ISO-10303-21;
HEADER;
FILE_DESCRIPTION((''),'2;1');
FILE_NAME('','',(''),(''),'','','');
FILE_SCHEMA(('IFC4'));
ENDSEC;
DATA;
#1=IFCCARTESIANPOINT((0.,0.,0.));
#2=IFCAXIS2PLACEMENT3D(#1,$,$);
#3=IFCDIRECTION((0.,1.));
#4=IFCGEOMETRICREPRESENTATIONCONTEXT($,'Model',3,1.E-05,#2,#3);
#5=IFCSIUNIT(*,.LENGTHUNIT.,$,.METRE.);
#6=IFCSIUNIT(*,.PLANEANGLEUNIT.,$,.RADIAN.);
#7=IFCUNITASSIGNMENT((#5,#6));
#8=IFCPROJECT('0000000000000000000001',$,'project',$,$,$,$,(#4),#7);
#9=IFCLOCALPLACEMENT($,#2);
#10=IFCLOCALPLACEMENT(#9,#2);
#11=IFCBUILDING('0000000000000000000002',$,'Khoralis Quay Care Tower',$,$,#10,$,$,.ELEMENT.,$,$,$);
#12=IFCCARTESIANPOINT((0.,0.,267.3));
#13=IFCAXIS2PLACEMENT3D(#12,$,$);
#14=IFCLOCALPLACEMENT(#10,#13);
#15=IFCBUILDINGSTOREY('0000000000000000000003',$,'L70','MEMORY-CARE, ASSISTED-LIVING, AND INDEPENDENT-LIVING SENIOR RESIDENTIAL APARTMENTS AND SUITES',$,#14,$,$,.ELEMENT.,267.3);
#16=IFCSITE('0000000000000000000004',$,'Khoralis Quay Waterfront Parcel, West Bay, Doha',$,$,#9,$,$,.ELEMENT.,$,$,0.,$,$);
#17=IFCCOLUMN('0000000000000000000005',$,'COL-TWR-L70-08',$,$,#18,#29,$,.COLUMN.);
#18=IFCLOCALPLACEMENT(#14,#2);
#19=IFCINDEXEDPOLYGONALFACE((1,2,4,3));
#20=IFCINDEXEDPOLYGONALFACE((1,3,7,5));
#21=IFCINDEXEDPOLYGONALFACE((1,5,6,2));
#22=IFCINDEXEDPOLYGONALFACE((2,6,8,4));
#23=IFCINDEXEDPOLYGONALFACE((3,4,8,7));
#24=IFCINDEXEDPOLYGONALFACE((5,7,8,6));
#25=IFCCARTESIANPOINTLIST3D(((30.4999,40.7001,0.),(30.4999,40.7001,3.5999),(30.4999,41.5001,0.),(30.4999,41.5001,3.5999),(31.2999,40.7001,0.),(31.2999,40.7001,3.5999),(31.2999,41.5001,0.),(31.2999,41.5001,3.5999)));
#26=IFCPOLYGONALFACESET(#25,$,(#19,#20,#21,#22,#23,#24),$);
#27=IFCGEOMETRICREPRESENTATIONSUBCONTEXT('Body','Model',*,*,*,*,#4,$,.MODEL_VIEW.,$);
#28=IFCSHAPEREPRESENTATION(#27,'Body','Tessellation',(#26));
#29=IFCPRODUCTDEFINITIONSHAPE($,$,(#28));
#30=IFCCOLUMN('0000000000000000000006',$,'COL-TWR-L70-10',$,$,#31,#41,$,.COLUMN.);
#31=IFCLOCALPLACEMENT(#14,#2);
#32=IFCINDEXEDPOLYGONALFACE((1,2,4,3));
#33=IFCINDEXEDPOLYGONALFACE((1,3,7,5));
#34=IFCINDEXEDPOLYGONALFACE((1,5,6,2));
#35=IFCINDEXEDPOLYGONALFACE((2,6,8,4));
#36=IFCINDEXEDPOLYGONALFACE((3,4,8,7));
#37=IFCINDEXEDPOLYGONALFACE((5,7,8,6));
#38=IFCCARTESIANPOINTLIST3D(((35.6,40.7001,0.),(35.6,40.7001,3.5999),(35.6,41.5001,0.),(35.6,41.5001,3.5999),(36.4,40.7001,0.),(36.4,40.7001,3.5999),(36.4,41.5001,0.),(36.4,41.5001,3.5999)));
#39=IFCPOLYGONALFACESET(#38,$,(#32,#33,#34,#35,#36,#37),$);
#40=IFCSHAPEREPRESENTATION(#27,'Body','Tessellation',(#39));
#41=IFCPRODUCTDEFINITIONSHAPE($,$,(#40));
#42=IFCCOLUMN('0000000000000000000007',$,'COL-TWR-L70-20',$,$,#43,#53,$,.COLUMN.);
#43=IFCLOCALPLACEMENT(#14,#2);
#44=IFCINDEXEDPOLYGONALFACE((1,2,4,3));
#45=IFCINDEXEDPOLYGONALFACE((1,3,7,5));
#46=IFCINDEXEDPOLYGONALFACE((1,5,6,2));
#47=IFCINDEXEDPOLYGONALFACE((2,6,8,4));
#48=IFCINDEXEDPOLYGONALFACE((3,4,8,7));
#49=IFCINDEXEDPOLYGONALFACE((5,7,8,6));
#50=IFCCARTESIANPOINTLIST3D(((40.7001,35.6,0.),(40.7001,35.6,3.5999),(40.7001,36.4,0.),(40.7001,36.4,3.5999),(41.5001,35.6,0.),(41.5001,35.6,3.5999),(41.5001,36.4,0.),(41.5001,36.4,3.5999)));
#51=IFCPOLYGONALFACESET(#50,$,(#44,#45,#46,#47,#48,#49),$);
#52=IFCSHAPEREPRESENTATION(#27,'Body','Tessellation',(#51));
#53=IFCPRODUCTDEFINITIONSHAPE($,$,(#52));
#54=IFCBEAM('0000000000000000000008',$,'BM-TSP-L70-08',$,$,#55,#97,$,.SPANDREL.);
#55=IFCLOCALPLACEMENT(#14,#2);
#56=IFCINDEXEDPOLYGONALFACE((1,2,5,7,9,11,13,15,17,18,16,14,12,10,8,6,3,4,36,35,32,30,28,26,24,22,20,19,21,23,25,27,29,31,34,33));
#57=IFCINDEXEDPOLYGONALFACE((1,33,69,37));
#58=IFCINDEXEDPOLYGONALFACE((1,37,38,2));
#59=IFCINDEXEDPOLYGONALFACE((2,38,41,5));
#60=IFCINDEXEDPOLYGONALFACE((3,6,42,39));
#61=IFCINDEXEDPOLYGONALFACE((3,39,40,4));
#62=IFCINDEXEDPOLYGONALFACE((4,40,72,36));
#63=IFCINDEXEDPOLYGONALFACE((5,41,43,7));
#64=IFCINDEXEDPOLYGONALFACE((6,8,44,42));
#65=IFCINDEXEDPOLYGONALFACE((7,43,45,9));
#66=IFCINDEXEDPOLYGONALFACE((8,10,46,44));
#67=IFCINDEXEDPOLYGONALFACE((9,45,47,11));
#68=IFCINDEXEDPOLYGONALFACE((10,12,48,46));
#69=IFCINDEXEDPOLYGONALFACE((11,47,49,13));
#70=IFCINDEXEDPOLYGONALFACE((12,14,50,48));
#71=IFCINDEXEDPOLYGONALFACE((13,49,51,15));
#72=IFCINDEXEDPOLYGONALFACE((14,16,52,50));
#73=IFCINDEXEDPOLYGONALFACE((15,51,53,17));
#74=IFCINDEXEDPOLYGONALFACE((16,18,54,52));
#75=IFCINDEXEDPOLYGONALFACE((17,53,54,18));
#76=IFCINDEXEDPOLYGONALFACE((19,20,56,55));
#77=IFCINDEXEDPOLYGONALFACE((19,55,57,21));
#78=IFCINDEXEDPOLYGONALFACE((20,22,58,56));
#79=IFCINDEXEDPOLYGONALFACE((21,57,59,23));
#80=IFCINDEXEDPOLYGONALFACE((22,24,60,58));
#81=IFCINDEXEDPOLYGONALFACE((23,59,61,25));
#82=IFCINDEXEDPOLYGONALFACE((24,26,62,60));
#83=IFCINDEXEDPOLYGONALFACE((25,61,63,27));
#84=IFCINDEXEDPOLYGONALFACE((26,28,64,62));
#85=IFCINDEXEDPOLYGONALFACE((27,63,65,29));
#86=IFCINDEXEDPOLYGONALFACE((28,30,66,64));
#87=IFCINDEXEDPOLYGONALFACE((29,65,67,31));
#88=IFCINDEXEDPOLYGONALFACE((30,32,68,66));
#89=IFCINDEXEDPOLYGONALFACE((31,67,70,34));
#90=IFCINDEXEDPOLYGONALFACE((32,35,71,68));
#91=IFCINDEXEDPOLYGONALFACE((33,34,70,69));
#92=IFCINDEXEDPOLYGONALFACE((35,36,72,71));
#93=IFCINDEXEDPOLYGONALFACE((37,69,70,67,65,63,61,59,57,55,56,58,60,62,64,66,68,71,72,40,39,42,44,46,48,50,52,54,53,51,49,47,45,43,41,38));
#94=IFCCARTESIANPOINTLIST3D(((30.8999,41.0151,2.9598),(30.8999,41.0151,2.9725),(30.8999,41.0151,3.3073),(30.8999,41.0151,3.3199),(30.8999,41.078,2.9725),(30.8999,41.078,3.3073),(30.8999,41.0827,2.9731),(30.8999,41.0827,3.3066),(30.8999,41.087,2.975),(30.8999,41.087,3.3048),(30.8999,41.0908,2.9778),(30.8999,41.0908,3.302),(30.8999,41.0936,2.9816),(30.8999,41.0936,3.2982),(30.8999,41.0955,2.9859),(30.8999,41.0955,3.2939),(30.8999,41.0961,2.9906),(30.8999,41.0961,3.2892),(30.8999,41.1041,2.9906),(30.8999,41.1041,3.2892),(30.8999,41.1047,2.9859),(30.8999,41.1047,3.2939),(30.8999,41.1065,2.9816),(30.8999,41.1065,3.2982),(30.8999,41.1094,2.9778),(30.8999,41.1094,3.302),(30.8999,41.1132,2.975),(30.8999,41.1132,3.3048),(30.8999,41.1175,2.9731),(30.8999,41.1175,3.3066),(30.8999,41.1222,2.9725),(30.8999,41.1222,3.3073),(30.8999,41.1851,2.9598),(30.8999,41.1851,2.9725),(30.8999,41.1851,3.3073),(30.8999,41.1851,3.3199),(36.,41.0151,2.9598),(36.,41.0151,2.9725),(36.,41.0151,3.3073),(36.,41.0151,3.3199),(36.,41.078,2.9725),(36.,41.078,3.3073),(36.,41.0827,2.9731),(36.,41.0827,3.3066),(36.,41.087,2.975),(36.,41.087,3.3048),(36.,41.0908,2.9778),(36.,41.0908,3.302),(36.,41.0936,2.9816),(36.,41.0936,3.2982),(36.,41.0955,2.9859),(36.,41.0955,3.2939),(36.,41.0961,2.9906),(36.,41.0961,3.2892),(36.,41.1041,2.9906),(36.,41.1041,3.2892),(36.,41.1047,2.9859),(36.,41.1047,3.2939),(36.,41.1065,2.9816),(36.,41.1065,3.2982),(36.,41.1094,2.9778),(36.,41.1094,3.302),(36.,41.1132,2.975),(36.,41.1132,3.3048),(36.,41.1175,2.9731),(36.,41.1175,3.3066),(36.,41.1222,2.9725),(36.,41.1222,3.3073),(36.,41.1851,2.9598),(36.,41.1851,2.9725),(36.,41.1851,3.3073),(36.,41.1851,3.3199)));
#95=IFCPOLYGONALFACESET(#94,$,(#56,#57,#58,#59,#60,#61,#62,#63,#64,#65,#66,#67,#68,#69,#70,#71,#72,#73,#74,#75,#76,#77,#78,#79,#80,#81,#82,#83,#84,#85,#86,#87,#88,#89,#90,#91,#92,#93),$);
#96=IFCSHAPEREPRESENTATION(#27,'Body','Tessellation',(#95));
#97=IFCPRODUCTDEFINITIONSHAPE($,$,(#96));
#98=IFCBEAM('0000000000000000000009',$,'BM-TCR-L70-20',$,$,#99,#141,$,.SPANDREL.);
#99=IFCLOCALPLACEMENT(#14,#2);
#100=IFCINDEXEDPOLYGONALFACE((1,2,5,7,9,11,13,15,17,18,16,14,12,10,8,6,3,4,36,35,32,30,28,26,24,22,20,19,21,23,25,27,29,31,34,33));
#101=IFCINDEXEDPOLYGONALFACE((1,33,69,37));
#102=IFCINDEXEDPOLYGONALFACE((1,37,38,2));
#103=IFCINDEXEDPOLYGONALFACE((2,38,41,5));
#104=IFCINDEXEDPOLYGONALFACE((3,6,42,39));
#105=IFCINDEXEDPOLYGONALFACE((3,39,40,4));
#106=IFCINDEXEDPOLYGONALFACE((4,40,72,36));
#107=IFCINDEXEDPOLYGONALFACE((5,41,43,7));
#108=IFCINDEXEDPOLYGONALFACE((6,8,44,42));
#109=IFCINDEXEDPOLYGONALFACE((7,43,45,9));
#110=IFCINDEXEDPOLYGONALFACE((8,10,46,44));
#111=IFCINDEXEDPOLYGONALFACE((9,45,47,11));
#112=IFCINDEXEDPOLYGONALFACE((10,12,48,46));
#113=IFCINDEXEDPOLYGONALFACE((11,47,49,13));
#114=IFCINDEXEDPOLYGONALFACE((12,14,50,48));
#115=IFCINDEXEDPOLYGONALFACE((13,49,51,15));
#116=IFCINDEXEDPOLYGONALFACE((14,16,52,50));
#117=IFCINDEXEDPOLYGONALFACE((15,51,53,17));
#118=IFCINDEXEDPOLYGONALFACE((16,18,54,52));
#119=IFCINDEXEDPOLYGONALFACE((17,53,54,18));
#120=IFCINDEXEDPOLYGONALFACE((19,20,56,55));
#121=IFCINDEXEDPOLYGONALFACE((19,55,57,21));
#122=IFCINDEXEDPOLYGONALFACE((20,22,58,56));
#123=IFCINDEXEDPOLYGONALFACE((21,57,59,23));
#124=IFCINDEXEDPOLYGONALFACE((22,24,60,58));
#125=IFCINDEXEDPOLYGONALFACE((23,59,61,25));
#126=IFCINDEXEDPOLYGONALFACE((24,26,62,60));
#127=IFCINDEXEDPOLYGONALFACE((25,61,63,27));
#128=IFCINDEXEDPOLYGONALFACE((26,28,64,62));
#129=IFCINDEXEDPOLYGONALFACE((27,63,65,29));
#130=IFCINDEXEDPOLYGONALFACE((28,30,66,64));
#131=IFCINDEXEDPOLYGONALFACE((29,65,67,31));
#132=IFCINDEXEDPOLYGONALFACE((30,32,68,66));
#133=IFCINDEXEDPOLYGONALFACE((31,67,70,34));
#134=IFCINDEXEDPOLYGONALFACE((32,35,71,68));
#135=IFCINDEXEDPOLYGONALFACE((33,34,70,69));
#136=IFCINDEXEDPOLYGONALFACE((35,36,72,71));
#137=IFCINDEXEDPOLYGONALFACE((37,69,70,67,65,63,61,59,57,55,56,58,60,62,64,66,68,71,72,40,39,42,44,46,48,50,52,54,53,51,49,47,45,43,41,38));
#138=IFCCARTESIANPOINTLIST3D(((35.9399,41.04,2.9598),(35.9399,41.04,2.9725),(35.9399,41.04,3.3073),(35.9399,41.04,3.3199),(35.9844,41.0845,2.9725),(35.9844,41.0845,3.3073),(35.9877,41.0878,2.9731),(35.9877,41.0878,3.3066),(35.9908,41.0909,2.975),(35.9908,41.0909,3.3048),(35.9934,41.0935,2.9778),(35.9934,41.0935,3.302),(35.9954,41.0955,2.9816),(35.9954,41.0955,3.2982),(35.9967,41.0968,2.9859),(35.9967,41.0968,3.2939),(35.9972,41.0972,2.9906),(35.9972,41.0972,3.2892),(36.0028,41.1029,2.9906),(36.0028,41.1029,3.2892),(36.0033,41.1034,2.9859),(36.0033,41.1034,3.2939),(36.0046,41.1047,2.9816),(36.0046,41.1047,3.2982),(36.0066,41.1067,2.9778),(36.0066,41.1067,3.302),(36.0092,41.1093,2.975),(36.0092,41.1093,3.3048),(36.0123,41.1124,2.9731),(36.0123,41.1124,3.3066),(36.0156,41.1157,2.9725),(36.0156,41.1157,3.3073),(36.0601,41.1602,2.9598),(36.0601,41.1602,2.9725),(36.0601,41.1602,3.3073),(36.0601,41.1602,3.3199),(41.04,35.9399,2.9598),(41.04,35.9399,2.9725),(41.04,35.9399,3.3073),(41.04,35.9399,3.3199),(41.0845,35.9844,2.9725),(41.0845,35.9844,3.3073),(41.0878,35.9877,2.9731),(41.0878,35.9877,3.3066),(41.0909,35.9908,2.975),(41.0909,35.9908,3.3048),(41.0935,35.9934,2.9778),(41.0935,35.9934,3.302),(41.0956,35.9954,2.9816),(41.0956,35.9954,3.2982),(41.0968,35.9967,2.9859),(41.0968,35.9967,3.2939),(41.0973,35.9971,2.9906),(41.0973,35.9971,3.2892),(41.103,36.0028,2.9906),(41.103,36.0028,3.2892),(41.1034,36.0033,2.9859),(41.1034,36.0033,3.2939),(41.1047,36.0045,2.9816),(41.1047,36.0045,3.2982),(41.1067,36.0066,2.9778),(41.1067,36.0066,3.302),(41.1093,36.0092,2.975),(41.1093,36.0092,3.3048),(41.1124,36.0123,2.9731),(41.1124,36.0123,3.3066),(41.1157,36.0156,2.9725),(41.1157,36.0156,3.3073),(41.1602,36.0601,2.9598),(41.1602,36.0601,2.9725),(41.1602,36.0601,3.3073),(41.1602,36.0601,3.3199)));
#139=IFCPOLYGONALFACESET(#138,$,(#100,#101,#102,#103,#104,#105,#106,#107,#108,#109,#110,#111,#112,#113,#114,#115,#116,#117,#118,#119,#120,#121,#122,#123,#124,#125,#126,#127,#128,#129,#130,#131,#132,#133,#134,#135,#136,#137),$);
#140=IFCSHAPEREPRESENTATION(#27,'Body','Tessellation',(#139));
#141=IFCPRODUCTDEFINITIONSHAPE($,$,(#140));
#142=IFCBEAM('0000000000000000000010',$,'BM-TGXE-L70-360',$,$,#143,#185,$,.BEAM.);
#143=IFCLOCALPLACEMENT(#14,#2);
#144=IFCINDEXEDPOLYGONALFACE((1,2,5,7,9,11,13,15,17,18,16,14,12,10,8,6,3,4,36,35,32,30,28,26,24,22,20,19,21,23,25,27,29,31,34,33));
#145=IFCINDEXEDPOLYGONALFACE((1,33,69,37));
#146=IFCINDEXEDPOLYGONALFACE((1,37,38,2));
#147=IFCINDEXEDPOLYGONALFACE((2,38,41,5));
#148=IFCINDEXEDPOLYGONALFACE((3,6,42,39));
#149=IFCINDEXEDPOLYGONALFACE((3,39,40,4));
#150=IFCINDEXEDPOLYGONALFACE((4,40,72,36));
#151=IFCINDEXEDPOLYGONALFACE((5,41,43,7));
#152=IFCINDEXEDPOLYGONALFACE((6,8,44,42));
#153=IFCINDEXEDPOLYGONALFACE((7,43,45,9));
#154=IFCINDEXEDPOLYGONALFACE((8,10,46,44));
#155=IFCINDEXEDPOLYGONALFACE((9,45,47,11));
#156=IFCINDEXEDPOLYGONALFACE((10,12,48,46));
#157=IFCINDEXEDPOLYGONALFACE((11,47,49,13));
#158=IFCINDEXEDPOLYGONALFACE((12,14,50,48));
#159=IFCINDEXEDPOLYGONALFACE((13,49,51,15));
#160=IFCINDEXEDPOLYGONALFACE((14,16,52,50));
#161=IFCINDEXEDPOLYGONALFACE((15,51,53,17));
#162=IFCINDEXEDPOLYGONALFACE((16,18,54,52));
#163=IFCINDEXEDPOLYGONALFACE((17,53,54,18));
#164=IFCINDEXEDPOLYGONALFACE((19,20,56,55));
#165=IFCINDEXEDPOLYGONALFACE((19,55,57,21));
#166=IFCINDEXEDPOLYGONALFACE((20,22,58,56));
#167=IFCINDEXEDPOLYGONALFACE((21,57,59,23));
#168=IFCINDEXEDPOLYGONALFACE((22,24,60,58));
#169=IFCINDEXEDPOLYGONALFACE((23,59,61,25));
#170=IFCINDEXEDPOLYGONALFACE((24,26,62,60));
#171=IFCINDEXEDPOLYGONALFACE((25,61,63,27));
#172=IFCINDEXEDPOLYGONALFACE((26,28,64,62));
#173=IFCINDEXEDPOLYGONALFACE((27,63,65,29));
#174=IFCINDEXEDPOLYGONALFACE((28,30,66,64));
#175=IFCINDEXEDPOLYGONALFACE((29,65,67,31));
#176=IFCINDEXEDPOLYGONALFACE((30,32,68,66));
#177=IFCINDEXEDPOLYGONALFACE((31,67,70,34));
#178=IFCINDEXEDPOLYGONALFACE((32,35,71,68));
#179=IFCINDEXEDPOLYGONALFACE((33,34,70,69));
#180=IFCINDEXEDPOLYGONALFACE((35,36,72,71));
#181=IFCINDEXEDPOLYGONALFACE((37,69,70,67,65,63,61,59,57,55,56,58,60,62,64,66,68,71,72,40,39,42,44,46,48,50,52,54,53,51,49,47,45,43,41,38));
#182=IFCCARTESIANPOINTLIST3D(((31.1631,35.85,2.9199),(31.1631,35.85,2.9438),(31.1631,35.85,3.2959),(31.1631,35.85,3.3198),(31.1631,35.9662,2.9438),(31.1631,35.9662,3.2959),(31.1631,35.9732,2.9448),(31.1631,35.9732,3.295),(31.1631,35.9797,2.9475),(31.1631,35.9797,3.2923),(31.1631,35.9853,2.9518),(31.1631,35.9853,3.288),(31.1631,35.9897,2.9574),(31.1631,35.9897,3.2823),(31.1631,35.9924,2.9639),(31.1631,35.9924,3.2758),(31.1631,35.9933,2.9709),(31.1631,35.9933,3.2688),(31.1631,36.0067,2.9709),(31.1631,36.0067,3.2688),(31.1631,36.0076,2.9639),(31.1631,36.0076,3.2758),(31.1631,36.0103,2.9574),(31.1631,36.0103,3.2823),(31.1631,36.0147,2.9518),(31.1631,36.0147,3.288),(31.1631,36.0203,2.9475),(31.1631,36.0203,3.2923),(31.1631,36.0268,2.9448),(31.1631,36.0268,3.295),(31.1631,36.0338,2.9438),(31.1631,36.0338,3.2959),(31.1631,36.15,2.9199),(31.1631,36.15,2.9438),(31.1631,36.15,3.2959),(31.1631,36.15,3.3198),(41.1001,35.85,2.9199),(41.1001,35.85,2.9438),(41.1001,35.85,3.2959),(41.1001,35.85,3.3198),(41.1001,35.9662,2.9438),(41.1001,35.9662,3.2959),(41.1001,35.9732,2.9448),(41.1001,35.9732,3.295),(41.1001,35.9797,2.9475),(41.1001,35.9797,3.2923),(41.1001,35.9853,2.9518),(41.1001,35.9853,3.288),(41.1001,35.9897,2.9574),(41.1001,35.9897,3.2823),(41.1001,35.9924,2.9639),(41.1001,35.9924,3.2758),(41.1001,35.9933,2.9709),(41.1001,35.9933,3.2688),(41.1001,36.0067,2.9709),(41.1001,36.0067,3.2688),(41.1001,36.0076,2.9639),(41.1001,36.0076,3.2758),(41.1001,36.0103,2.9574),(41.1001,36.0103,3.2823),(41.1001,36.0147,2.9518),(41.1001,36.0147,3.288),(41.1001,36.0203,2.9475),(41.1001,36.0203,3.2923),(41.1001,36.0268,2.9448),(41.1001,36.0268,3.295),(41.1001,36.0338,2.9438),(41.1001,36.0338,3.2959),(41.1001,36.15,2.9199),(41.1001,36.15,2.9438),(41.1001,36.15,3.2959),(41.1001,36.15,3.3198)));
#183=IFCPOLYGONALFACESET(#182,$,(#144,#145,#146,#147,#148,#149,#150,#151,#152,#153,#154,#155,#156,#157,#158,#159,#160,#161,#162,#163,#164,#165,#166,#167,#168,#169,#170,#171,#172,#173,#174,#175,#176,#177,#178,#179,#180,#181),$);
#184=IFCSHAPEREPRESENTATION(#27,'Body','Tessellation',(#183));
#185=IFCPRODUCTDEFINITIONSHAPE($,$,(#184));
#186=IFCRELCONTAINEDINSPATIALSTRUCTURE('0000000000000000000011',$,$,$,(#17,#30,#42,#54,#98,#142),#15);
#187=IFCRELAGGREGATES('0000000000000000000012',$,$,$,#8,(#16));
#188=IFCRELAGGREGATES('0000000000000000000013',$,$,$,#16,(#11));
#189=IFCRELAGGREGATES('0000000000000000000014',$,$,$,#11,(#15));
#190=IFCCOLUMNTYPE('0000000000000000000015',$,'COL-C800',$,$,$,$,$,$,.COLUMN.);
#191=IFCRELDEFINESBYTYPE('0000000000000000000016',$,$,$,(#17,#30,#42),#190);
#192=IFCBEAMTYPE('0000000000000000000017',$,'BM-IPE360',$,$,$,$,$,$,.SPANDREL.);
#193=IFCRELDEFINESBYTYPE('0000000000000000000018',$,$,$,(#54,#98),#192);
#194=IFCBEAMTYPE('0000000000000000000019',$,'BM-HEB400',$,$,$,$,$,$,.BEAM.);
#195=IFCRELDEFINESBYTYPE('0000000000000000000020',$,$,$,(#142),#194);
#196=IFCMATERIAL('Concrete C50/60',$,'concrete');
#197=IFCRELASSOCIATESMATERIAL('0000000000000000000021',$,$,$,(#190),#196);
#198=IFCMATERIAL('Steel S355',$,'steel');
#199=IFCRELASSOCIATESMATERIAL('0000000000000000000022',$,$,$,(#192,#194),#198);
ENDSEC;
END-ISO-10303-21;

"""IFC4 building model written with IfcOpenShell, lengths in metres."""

from ifc_helpers import new_model, si_unit, direction, frame, origin, origin_2d, place, context, subcontext, project, spatial, rectangle, i_section, extrude, source, transform, mapped, material, material_profile, profile_set, type_object, element, save


model = new_model("IFC4")

# Units and contexts
model_context = context("Model", 3, precision=1e-05, world=origin(), true_north=direction((0.0, 1.0)))
body_context = subcontext(model_context, "Body", "Model", "MODEL_VIEW")
ifc_project = project(units=[si_unit("LENGTHUNIT", "METRE"), si_unit("PLANEANGLEUNIT", "RADIAN")], contexts=[model_context])

# Site, building, storey
site_placement = place(None, origin())
site = spatial("IfcSite", under=ifc_project, at=site_placement, Name="Khoralis Quay Waterfront Parcel, West Bay, Doha", CompositionType="ELEMENT", RefElevation=0.0)
building_placement = place(site_placement, origin())
building = spatial("IfcBuilding", under=site, at=building_placement, Name="Khoralis Quay Care Tower", CompositionType="ELEMENT")
storey_placement = place(building_placement, frame((0.0, 0.0, 267.3)))
storey = spatial("IfcBuildingStorey", under=building, at=storey_placement, Name="L70", Description="MEMORY-CARE, ASSISTED-LIVING, AND INDEPENDENT-LIVING SENIOR RESIDENTIAL APARTMENTS AND SUITES", CompositionType="ELEMENT", Elevation=267.3)

# Columns
ifc_material_1 = material(Name="Concrete C50/60", Category="concrete")
ifc_material_profile_1 = material_profile(ifc_material_1, rectangle(XDim=0.8, YDim=0.8, at=origin_2d()), Name="Concrete C50/60")
ifc_profile_set_1 = profile_set([ifc_material_profile_1], Name="Concrete C50/60")
column_type = type_object("IfcColumnType", Name="COL-C800", PredefinedType="COLUMN", material=ifc_profile_set_1)
shared_shape_1 = source(origin(), body_context, "Body", "SweptSolid", [
    extrude(rectangle(XDim=0.8, YDim=0.8, at=origin_2d()), origin(), (0.0, 0.0, 1.0), 3.5999),
])
for number, where, z_axis, x_axis, name in (
    (1, (30.8999, 41.1001, 0.0), (0.0, 0.0, 1.0), (1.0, 0.0, 0.0), "COL-TWR-L70-08"),
    (2, (36.0, 41.1001, 0.0), (0.0, 0.0, 1.0), (1.0, 0.0, 0.0), "COL-TWR-L70-10"),
    (3, (41.1001, 36.0, 0.0), (0.0, 0.0, 1.0), (1.0, 0.0, 0.0), "COL-TWR-L70-20"),
):
    element("IfcColumn", number, at=place(storey_placement, frame(where, z_axis=z_axis, x_axis=x_axis)), inside=storey, type_object=column_type, Name=name, PredefinedType="COLUMN", context=body_context, shape_type="MappedRepresentation", body=[
        mapped(shared_shape_1, transform((0.0, 0.0, 0.0), scale=1.0)),
    ])

# Beams
ifc_material_2 = material(Name="Steel S355", Category="steel")
ifc_material_profile_2 = material_profile(ifc_material_2, i_section(OverallWidth=0.1699, OverallDepth=0.3601, WebThickness=0.0081, FlangeThickness=0.0127, FilletRadius=0.0181, at=origin_2d()), Name="Steel S355")
ifc_profile_set_2 = profile_set([ifc_material_profile_2], Name="Steel S355")
beam_type_1 = type_object("IfcBeamType", Name="BM-IPE360", PredefinedType="SPANDREL", material=ifc_profile_set_2)
shared_shape_2 = source(origin(), body_context, "Body", "SweptSolid", [
    extrude(i_section(OverallWidth=0.1699, OverallDepth=0.3601, WebThickness=0.0081, FlangeThickness=0.0127, FilletRadius=0.0181, at=origin_2d()), origin(), (0.0, 0.0, 1.0), 5.1001),
])
beam_1_placement = place(storey_placement, frame((30.8999, 41.1001, 3.1399), z_axis=(1.0, 0.0, 0.0), x_axis=(0.0, 1.0, 0.0)))
element("IfcBeam", 4, at=beam_1_placement, inside=storey, type_object=beam_type_1, Name="BM-TSP-L70-08", PredefinedType="SPANDREL", context=body_context, shape_type="MappedRepresentation", body=[
    mapped(shared_shape_2, transform((0.0, 0.0, 0.0), scale=1.0)),
])
shared_shape_3 = source(origin(), body_context, "Body", "SweptSolid", [
    extrude(i_section(OverallWidth=0.1699, OverallDepth=0.3601, WebThickness=0.0081, FlangeThickness=0.0127, FilletRadius=0.0181, at=origin_2d()), origin(), (0.0, 0.0, 1.0), 7.2126),
])
beam_2_placement = place(storey_placement, frame((36.0, 41.1001, 3.1399), z_axis=(0.707107, -0.707107, 0.0), x_axis=(0.707107, 0.707107, 0.0)))
element("IfcBeam", 5, at=beam_2_placement, inside=storey, type_object=beam_type_1, Name="BM-TCR-L70-20", PredefinedType="SPANDREL", context=body_context, shape_type="MappedRepresentation", body=[
    mapped(shared_shape_3, transform((0.0, 0.0, 0.0), scale=1.0)),
])
ifc_material_profile_3 = material_profile(ifc_material_2, i_section(OverallWidth=0.3, OverallDepth=0.3999, WebThickness=0.0134, FlangeThickness=0.0239, FilletRadius=0.0271, at=origin_2d()), Name="Steel S355")
ifc_profile_set_3 = profile_set([ifc_material_profile_3], Name="Steel S355")
beam_type_2 = type_object("IfcBeamType", Name="BM-HEB400", PredefinedType="BEAM", material=ifc_profile_set_3)
shared_shape_4 = source(origin(), body_context, "Body", "SweptSolid", [
    extrude(i_section(OverallWidth=0.3, OverallDepth=0.3999, WebThickness=0.0134, FlangeThickness=0.0239, FilletRadius=0.0271, at=origin_2d()), origin(), (0.0, 0.0, 1.0), 9.937),
])
beam_3_placement = place(storey_placement, frame((31.1631, 36.0, 3.1199), z_axis=(1.0, 0.0, 0.0), x_axis=(0.0, 1.0, 0.0)))
element("IfcBeam", 6, at=beam_3_placement, inside=storey, type_object=beam_type_2, Name="BM-TGXE-L70-360", PredefinedType="BEAM", context=body_context, shape_type="MappedRepresentation", body=[
    mapped(shared_shape_4, transform((0.0, 0.0, 0.0), scale=1.0)),
])

save(model, "model.ifc")
